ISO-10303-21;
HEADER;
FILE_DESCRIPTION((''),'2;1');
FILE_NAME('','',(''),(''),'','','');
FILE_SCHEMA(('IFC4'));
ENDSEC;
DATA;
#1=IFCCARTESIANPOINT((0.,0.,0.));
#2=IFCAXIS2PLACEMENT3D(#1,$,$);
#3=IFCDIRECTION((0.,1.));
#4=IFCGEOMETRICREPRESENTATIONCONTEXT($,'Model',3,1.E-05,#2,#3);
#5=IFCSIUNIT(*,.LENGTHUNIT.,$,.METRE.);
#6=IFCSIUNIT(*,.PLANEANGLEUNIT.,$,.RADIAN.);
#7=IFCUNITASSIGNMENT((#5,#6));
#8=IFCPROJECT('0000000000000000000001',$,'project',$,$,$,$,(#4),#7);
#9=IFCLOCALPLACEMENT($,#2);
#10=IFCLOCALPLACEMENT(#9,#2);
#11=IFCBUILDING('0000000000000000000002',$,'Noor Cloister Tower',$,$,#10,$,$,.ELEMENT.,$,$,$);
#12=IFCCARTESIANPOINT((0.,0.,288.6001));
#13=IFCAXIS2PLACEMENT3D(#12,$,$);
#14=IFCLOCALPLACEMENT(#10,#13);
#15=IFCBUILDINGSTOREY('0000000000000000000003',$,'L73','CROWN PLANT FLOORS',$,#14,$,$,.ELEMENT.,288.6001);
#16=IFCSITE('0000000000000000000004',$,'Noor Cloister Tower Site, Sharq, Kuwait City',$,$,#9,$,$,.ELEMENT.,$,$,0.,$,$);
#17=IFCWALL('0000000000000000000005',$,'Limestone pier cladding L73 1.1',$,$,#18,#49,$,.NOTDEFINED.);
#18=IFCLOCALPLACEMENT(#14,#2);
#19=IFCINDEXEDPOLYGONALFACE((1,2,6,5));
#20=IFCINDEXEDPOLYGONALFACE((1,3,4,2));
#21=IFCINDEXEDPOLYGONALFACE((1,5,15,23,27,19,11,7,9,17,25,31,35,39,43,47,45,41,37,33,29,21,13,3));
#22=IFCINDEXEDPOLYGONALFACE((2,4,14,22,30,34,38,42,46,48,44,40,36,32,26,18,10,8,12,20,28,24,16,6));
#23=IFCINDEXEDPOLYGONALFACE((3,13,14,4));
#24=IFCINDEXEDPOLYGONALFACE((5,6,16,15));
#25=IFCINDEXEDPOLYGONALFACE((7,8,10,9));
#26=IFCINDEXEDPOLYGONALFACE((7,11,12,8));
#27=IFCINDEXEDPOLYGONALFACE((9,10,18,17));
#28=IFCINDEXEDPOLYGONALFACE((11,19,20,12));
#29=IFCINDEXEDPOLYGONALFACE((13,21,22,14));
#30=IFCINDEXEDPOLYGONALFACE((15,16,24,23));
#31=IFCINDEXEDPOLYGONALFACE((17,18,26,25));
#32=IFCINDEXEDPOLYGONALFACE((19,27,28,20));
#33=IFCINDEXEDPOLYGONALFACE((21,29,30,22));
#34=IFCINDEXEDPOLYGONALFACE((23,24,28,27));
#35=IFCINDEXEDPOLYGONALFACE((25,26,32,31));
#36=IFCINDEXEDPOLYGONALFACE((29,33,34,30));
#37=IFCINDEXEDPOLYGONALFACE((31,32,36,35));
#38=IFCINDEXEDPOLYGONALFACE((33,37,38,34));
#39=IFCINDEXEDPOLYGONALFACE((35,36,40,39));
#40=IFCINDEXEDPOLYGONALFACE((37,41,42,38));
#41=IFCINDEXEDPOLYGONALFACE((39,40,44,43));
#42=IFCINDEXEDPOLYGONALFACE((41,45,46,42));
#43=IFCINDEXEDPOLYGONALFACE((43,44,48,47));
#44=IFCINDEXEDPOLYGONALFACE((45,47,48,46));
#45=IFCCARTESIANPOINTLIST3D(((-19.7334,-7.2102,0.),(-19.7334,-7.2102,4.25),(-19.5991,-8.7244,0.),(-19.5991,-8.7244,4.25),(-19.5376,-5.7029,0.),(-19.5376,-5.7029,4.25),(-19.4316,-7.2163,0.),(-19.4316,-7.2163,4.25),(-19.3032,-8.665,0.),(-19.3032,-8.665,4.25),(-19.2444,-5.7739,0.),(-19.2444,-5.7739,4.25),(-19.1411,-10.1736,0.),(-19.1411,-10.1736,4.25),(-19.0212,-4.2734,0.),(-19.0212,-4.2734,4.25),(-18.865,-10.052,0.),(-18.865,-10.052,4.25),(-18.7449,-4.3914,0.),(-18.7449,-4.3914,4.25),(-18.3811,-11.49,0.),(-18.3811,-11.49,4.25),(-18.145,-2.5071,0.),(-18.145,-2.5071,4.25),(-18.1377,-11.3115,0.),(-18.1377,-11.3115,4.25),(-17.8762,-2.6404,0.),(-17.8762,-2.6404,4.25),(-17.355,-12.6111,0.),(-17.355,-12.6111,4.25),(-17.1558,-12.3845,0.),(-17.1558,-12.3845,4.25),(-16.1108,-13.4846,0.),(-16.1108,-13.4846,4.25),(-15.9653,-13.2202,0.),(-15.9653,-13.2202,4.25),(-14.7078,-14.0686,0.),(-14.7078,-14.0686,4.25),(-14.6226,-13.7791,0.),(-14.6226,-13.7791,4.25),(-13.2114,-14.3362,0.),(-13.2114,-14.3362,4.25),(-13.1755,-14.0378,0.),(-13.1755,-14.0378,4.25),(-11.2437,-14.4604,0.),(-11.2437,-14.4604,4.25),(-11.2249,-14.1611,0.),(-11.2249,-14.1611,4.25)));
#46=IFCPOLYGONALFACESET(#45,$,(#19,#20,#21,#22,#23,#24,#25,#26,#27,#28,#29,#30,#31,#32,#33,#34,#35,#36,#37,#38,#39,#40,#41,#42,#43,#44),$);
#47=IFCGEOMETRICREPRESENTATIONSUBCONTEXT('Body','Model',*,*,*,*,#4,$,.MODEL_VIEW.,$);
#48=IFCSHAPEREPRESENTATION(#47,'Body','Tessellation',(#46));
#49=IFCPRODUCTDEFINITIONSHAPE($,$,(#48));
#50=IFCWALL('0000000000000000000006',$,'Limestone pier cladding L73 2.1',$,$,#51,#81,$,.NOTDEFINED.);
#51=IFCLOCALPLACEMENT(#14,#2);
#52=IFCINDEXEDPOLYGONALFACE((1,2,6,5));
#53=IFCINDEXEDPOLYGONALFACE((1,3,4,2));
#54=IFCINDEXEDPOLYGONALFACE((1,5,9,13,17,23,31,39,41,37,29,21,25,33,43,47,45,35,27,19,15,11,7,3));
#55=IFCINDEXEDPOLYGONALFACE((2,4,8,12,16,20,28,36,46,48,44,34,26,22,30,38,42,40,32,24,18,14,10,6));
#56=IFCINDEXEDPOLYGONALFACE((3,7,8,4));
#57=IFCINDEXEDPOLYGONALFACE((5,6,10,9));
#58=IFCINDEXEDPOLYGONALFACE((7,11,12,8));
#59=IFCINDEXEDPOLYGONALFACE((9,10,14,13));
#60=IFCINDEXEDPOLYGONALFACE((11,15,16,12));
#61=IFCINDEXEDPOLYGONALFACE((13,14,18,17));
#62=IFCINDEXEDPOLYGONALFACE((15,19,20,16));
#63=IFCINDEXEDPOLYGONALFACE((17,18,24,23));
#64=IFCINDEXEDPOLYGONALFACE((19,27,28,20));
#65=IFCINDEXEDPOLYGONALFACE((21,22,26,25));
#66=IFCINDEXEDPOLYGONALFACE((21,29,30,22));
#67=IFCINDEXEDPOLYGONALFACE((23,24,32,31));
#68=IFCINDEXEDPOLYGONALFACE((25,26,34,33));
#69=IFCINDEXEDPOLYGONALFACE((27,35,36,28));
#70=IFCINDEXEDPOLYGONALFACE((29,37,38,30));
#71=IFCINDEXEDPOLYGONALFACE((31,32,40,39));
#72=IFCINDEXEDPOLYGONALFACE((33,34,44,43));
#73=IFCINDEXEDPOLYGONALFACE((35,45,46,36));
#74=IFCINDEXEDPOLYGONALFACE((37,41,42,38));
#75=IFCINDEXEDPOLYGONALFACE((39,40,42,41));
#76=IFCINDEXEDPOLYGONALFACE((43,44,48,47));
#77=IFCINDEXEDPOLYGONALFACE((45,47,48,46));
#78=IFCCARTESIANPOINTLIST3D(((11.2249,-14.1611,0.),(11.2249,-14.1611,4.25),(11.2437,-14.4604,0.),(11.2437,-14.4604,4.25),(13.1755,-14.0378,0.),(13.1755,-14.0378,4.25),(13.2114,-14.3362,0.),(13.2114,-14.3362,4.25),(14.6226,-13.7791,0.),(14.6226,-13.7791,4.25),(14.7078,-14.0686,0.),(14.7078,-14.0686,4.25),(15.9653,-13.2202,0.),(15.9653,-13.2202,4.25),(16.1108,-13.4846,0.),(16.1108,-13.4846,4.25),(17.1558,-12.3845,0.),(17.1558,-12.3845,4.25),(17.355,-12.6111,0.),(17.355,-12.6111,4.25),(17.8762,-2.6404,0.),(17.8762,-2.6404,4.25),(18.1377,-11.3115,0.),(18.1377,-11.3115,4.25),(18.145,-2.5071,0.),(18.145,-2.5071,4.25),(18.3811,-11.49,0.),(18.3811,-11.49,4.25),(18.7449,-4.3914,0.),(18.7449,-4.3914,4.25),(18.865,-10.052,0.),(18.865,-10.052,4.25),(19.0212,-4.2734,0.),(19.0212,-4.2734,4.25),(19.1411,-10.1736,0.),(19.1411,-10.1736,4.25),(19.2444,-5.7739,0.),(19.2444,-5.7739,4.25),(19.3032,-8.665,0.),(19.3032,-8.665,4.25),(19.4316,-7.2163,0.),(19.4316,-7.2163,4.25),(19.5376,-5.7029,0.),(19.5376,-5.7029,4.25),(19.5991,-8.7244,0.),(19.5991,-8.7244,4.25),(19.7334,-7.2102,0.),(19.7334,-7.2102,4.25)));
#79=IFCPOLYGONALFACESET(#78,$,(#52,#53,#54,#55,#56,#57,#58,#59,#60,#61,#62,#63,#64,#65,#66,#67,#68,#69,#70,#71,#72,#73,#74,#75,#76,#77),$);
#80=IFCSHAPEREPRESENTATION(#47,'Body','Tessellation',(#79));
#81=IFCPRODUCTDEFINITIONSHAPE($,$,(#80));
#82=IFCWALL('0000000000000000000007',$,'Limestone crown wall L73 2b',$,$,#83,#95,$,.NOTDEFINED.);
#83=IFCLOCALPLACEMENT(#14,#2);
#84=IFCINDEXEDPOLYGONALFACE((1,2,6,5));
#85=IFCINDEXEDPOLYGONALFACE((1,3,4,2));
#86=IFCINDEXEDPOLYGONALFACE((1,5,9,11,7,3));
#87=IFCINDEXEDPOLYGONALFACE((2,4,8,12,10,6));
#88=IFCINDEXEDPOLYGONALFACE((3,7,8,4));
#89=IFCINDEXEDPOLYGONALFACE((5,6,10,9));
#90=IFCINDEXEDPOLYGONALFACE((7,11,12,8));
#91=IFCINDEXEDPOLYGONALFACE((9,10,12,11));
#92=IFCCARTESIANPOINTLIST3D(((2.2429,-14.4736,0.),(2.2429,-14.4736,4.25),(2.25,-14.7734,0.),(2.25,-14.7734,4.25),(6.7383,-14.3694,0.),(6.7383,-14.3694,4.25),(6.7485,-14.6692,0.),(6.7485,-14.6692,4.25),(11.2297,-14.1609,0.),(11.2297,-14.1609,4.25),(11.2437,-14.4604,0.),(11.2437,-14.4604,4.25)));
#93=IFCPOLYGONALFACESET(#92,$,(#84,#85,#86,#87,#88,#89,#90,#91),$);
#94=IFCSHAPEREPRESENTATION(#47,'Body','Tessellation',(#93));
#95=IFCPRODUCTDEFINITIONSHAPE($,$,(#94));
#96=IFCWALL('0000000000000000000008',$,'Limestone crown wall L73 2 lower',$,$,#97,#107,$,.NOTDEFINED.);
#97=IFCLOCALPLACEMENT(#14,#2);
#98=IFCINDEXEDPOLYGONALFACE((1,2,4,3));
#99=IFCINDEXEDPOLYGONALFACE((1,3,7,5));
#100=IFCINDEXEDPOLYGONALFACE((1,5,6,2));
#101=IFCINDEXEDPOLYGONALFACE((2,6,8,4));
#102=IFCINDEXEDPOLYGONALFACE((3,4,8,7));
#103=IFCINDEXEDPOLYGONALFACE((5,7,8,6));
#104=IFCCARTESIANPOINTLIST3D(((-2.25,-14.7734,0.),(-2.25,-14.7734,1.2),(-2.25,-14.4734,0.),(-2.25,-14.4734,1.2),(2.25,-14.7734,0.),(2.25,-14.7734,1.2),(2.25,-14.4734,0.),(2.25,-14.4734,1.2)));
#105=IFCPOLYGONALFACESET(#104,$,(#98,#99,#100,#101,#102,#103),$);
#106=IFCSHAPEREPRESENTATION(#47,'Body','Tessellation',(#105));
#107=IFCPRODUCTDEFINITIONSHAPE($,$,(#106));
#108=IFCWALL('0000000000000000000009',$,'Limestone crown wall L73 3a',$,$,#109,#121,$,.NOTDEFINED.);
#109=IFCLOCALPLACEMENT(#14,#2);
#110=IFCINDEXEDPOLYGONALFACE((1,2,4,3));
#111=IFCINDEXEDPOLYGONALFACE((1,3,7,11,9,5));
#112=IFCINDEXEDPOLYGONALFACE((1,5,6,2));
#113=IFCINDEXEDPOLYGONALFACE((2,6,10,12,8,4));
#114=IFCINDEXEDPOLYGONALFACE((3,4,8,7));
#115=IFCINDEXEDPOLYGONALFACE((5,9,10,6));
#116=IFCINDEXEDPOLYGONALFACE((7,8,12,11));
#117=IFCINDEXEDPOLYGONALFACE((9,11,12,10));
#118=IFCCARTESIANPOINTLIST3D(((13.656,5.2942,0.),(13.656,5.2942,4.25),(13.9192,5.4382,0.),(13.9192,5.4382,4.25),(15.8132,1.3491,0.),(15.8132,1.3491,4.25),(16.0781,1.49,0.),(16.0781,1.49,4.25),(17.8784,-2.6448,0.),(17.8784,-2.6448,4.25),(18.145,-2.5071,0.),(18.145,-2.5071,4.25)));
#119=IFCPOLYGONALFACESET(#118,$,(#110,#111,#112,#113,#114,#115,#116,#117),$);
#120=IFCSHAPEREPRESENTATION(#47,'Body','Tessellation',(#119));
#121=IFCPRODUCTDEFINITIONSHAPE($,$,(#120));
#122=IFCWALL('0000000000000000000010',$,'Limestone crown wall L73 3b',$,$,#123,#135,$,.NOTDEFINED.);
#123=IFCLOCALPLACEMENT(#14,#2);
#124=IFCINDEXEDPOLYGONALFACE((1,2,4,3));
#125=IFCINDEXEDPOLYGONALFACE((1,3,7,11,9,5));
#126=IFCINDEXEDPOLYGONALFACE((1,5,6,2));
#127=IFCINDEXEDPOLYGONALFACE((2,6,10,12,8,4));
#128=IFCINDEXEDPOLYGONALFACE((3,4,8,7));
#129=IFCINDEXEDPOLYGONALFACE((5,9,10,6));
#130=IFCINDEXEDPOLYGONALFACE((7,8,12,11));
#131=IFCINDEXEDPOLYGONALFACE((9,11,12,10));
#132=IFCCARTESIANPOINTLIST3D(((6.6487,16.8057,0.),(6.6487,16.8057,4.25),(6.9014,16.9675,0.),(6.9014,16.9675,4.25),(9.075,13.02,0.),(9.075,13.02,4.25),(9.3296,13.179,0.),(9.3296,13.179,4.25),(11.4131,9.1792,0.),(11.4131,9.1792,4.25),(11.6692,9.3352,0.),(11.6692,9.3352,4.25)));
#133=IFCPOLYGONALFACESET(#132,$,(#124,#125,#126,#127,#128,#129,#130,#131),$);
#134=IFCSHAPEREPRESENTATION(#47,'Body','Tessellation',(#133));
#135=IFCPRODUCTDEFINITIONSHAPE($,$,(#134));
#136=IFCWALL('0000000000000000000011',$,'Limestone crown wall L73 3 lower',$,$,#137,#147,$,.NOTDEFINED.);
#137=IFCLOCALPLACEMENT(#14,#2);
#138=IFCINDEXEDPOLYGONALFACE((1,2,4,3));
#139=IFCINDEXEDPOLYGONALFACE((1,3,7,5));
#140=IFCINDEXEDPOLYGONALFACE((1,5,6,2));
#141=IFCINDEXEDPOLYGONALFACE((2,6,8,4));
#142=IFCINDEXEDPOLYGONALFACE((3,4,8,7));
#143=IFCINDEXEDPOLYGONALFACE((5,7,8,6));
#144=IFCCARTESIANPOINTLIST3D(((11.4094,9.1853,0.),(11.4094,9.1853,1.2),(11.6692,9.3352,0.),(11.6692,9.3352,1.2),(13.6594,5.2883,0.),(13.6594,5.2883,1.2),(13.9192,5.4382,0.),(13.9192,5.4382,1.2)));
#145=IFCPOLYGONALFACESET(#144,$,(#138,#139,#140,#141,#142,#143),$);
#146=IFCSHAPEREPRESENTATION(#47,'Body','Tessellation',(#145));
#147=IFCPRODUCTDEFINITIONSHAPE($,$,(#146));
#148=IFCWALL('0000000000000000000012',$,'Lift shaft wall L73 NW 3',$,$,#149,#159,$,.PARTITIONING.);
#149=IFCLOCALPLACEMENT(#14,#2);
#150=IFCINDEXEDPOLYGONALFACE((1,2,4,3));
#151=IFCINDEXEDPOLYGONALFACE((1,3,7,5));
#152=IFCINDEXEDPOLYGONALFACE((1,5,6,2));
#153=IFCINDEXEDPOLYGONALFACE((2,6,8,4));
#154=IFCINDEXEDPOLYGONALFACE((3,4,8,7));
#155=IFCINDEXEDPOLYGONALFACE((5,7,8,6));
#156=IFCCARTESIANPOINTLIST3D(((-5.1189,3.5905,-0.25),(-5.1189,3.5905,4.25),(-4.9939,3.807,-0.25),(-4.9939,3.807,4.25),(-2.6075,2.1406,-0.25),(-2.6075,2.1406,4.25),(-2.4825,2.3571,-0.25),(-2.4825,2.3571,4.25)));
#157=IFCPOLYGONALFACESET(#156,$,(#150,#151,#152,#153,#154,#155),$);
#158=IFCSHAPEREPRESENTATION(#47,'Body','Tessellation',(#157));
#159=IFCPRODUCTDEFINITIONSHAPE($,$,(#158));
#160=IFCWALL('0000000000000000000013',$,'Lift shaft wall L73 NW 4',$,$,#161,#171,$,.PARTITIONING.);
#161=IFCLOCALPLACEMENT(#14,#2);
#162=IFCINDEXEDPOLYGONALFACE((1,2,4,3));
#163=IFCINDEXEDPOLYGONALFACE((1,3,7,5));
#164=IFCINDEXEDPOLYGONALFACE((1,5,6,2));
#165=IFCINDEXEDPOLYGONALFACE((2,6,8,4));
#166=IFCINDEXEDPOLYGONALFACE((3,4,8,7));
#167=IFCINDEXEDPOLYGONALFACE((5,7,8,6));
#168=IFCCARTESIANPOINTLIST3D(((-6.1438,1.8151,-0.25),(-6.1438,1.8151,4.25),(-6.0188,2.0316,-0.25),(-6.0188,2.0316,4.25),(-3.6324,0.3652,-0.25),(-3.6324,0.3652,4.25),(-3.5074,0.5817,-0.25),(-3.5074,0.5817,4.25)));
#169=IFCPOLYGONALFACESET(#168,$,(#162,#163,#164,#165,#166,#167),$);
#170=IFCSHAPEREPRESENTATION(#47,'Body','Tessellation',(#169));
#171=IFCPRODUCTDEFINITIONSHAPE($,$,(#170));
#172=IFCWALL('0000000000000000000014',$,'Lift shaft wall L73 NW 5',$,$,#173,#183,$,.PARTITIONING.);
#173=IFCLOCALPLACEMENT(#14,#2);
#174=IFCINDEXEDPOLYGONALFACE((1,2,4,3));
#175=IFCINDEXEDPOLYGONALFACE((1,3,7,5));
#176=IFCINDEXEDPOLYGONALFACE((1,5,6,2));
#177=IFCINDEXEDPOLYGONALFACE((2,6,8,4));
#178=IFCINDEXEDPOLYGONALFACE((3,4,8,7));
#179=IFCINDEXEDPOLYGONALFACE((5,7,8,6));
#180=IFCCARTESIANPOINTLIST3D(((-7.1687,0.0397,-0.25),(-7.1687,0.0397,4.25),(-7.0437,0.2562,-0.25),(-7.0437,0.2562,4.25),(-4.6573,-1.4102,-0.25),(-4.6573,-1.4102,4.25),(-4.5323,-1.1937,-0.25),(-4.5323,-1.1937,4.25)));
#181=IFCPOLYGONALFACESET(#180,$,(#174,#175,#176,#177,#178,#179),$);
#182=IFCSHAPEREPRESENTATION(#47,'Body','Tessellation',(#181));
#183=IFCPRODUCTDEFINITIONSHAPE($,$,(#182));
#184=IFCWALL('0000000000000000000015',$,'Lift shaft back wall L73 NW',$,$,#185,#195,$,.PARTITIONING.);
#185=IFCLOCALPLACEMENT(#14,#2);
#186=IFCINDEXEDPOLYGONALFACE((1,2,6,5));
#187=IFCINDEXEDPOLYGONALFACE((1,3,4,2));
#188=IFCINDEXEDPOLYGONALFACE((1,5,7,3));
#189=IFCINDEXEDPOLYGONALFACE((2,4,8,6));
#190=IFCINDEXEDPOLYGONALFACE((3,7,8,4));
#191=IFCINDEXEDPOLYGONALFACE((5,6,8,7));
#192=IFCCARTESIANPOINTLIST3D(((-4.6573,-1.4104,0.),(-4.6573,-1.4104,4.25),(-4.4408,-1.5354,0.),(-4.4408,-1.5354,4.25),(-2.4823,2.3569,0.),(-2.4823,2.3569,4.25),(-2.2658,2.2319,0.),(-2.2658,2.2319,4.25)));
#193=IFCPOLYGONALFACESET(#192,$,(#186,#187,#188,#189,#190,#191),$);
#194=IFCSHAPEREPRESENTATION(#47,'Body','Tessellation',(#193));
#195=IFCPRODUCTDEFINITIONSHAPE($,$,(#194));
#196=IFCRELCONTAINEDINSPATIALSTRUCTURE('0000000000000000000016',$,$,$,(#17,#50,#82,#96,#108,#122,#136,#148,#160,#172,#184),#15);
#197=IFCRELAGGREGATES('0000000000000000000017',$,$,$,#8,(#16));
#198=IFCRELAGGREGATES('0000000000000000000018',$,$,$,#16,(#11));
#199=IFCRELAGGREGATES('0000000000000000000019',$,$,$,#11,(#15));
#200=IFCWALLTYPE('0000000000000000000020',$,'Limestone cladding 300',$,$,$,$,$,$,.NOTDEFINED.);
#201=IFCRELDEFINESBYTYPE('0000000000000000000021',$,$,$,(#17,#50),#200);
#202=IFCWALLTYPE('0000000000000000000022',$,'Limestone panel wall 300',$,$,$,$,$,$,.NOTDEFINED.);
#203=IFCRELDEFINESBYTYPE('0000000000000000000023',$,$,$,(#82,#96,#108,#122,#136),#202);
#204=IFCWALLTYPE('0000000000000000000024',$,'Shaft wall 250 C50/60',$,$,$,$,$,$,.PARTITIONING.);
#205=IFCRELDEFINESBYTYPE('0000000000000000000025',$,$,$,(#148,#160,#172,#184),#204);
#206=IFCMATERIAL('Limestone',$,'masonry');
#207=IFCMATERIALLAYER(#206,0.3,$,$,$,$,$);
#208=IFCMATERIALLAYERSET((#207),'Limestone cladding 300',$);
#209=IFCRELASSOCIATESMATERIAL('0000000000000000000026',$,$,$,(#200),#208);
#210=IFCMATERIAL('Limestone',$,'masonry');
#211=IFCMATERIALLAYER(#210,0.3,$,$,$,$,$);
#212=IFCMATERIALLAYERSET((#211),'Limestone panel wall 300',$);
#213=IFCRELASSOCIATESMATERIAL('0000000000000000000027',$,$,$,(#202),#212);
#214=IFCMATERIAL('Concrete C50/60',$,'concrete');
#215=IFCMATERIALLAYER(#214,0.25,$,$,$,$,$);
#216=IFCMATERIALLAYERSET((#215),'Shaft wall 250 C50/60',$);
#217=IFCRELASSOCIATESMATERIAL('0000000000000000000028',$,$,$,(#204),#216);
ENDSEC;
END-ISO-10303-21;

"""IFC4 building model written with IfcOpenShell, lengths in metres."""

from ifc_helpers import new_model, si_unit, direction, frame, frame_2d, origin, place, context, subcontext, project, spatial, polyline, rectangle, outline, extrude, material, layer, layer_set, type_object, element, save


model = new_model("IFC4")

# Units and contexts
model_context = context("Model", 3, precision=1e-05, world=origin(), true_north=direction((0.0, 1.0)))
body_context = subcontext(model_context, "Body", "Model", "MODEL_VIEW")
ifc_project = project(units=[si_unit("LENGTHUNIT", "METRE"), si_unit("PLANEANGLEUNIT", "RADIAN")], contexts=[model_context])

# Site, building, storey
site_placement = place(None, origin())
site = spatial("IfcSite", under=ifc_project, at=site_placement, Name="Noor Cloister Tower Site, Sharq, Kuwait City", CompositionType="ELEMENT", RefElevation=0.0)
building_placement = place(site_placement, origin())
building = spatial("IfcBuilding", under=site, at=building_placement, Name="Noor Cloister Tower", CompositionType="ELEMENT")
storey_placement = place(building_placement, frame((0.0, 0.0, 288.6001)))
storey = spatial("IfcBuildingStorey", under=building, at=storey_placement, Name="L73", Description="CROWN PLANT FLOORS", CompositionType="ELEMENT", Elevation=288.6001)

# Walls
ifc_material_1 = material(Name="Limestone", Category="masonry")
ifc_layer_1 = layer(ifc_material_1, 0.3)
ifc_layer_set_1 = layer_set([ifc_layer_1], Name="Limestone cladding 300")
wall_type_1 = type_object("IfcWallType", Name="Limestone cladding 300", PredefinedType="NOTDEFINED", material=ifc_layer_set_1)
wall_1_placement = place(storey_placement, origin())
element("IfcWall", 1, at=wall_1_placement, inside=storey, type_object=wall_type_1, Name="Limestone pier cladding L73 1.1", PredefinedType="NOTDEFINED", context=body_context, shape_type="SweptSolid", body=[
    extrude(outline(polyline([(-18.145, -2.5071), (-19.0212, -4.2734), (-19.5376, -5.7029), (-19.7334, -7.2102), (-19.5991, -8.7244), (-19.1411, -10.1736), (-18.3811, -11.49), (-17.355, -12.6111), (-16.1108, -13.4846), (-14.7078, -14.0686), (-13.2114, -14.3362), (-11.2437, -14.4604), (-11.2249, -14.1611), (-13.1755, -14.0378), (-14.6226, -13.7791), (-15.9653, -13.2202), (-17.1558, -12.3845), (-18.1377, -11.3115), (-18.865, -10.052), (-19.3032, -8.665), (-19.4316, -7.2163), (-19.2444, -5.7739), (-18.7449, -4.3914), (-17.8762, -2.6404), (-18.145, -2.5071)])), origin(), (0.0, 0.0, 1.0), 4.25),
])
wall_2_placement = place(storey_placement, origin())
element("IfcWall", 2, at=wall_2_placement, inside=storey, type_object=wall_type_1, Name="Limestone pier cladding L73 2.1", PredefinedType="NOTDEFINED", context=body_context, shape_type="SweptSolid", body=[
    extrude(outline(polyline([(11.2437, -14.4604), (13.2114, -14.3362), (14.7078, -14.0686), (16.1108, -13.4846), (17.355, -12.6111), (18.3811, -11.49), (19.1411, -10.1736), (19.5991, -8.7244), (19.7334, -7.2102), (19.5376, -5.7029), (19.0212, -4.2734), (18.145, -2.5071), (17.8762, -2.6404), (18.7449, -4.3914), (19.2444, -5.7739), (19.4316, -7.2163), (19.3032, -8.665), (18.865, -10.052), (18.1377, -11.3115), (17.1558, -12.3845), (15.9653, -13.2202), (14.6226, -13.7791), (13.1755, -14.0378), (11.2249, -14.1611), (11.2437, -14.4604)])), origin(), (0.0, 0.0, 1.0), 4.25),
])
ifc_material_2 = material(Name="Limestone", Category="masonry")
ifc_layer_2 = layer(ifc_material_2, 0.3)
ifc_layer_set_2 = layer_set([ifc_layer_2], Name="Limestone panel wall 300")
wall_type_2 = type_object("IfcWallType", Name="Limestone panel wall 300", PredefinedType="NOTDEFINED", material=ifc_layer_set_2)
wall_3_placement = place(storey_placement, origin())
element("IfcWall", 3, at=wall_3_placement, inside=storey, type_object=wall_type_2, Name="Limestone crown wall L73 2b", PredefinedType="NOTDEFINED", context=body_context, shape_type="SweptSolid", body=[
    extrude(outline(polyline([(2.25, -14.7734), (6.7485, -14.6692), (11.2437, -14.4604), (11.2297, -14.1609), (6.7383, -14.3694), (2.2429, -14.4736), (2.25, -14.7734)])), origin(), (0.0, 0.0, 1.0), 4.25),
])
wall_4_placement = place(storey_placement, origin())
element("IfcWall", 4, at=wall_4_placement, inside=storey, type_object=wall_type_2, Name="Limestone crown wall L73 2 lower", PredefinedType="NOTDEFINED", context=body_context, shape_type="SweptSolid", body=[
    extrude(outline(polyline([(-2.25, -14.7734), (2.25, -14.7734), (2.25, -14.4734), (-2.25, -14.4734), (-2.25, -14.7734)])), origin(), (0.0, 0.0, 1.0), 1.2),
])
wall_5_placement = place(storey_placement, origin())
element("IfcWall", 5, at=wall_5_placement, inside=storey, type_object=wall_type_2, Name="Limestone crown wall L73 3a", PredefinedType="NOTDEFINED", context=body_context, shape_type="SweptSolid", body=[
    extrude(outline(polyline([(18.145, -2.5071), (16.0781, 1.49), (13.9192, 5.4382), (13.656, 5.2942), (15.8132, 1.3491), (17.8784, -2.6448), (18.145, -2.5071)])), origin(), (0.0, 0.0, 1.0), 4.25),
])
wall_6_placement = place(storey_placement, origin())
element("IfcWall", 6, at=wall_6_placement, inside=storey, type_object=wall_type_2, Name="Limestone crown wall L73 3b", PredefinedType="NOTDEFINED", context=body_context, shape_type="SweptSolid", body=[
    extrude(outline(polyline([(11.6692, 9.3352), (9.3296, 13.179), (6.9014, 16.9675), (6.6487, 16.8057), (9.075, 13.02), (11.4131, 9.1792), (11.6692, 9.3352)])), origin(), (0.0, 0.0, 1.0), 4.25),
])
wall_7_placement = place(storey_placement, origin())
element("IfcWall", 7, at=wall_7_placement, inside=storey, type_object=wall_type_2, Name="Limestone crown wall L73 3 lower", PredefinedType="NOTDEFINED", context=body_context, shape_type="SweptSolid", body=[
    extrude(outline(polyline([(13.9192, 5.4382), (11.6692, 9.3352), (11.4094, 9.1853), (13.6594, 5.2883), (13.9192, 5.4382)])), origin(), (0.0, 0.0, 1.0), 1.2),
])
ifc_material_3 = material(Name="Concrete C50/60", Category="concrete")
ifc_layer_3 = layer(ifc_material_3, 0.25)
ifc_layer_set_3 = layer_set([ifc_layer_3], Name="Shaft wall 250 C50/60")
wall_type_3 = type_object("IfcWallType", Name="Shaft wall 250 C50/60", PredefinedType="PARTITIONING", material=ifc_layer_set_3)
for number, where, z_axis, x_axis, name in (
    (8, (-5.0564, 3.6987, -0.25), (0.0, 0.0, 1.0), (0.866033, -0.499987, 0.0), "Lift shaft wall L73 NW 3"),
    (9, (-6.0813, 1.9233, -0.25), (0.0, 0.0, 1.0), (0.866033, -0.499987, 0.0), "Lift shaft wall L73 NW 4"),
    (10, (-7.1062, 0.1479, -0.25), (0.0, 0.0, 1.0), (0.866033, -0.499987, 0.0), "Lift shaft wall L73 NW 5"),
):
    element("IfcWall", number, at=place(storey_placement, frame(where, z_axis=z_axis, x_axis=x_axis)), inside=storey, type_object=wall_type_3, Name=name, PredefinedType="PARTITIONING", context=body_context, shape_type="SweptSolid", body=[
        extrude(rectangle(XDim=2.8999, YDim=0.25, at=frame_2d((1.45, 0.0))), origin(), (0.0, 0.0, 1.0), 4.5),
    ])
wall_8_placement = place(storey_placement, frame((-2.374, 2.2944, 0.0), z_axis=(0.0, 0.0, 1.0), x_axis=(-0.499996, -0.866028, 0.0)))
element("IfcWall", 11, at=wall_8_placement, inside=storey, type_object=wall_type_3, Name="Lift shaft back wall L73 NW", PredefinedType="PARTITIONING", context=body_context, shape_type="SweptSolid", body=[
    extrude(rectangle(XDim=4.3501, YDim=0.25, at=frame_2d((2.175, 0.0))), origin(), (0.0, 0.0, 1.0), 4.25),
])

save(model, "model.ifc")
